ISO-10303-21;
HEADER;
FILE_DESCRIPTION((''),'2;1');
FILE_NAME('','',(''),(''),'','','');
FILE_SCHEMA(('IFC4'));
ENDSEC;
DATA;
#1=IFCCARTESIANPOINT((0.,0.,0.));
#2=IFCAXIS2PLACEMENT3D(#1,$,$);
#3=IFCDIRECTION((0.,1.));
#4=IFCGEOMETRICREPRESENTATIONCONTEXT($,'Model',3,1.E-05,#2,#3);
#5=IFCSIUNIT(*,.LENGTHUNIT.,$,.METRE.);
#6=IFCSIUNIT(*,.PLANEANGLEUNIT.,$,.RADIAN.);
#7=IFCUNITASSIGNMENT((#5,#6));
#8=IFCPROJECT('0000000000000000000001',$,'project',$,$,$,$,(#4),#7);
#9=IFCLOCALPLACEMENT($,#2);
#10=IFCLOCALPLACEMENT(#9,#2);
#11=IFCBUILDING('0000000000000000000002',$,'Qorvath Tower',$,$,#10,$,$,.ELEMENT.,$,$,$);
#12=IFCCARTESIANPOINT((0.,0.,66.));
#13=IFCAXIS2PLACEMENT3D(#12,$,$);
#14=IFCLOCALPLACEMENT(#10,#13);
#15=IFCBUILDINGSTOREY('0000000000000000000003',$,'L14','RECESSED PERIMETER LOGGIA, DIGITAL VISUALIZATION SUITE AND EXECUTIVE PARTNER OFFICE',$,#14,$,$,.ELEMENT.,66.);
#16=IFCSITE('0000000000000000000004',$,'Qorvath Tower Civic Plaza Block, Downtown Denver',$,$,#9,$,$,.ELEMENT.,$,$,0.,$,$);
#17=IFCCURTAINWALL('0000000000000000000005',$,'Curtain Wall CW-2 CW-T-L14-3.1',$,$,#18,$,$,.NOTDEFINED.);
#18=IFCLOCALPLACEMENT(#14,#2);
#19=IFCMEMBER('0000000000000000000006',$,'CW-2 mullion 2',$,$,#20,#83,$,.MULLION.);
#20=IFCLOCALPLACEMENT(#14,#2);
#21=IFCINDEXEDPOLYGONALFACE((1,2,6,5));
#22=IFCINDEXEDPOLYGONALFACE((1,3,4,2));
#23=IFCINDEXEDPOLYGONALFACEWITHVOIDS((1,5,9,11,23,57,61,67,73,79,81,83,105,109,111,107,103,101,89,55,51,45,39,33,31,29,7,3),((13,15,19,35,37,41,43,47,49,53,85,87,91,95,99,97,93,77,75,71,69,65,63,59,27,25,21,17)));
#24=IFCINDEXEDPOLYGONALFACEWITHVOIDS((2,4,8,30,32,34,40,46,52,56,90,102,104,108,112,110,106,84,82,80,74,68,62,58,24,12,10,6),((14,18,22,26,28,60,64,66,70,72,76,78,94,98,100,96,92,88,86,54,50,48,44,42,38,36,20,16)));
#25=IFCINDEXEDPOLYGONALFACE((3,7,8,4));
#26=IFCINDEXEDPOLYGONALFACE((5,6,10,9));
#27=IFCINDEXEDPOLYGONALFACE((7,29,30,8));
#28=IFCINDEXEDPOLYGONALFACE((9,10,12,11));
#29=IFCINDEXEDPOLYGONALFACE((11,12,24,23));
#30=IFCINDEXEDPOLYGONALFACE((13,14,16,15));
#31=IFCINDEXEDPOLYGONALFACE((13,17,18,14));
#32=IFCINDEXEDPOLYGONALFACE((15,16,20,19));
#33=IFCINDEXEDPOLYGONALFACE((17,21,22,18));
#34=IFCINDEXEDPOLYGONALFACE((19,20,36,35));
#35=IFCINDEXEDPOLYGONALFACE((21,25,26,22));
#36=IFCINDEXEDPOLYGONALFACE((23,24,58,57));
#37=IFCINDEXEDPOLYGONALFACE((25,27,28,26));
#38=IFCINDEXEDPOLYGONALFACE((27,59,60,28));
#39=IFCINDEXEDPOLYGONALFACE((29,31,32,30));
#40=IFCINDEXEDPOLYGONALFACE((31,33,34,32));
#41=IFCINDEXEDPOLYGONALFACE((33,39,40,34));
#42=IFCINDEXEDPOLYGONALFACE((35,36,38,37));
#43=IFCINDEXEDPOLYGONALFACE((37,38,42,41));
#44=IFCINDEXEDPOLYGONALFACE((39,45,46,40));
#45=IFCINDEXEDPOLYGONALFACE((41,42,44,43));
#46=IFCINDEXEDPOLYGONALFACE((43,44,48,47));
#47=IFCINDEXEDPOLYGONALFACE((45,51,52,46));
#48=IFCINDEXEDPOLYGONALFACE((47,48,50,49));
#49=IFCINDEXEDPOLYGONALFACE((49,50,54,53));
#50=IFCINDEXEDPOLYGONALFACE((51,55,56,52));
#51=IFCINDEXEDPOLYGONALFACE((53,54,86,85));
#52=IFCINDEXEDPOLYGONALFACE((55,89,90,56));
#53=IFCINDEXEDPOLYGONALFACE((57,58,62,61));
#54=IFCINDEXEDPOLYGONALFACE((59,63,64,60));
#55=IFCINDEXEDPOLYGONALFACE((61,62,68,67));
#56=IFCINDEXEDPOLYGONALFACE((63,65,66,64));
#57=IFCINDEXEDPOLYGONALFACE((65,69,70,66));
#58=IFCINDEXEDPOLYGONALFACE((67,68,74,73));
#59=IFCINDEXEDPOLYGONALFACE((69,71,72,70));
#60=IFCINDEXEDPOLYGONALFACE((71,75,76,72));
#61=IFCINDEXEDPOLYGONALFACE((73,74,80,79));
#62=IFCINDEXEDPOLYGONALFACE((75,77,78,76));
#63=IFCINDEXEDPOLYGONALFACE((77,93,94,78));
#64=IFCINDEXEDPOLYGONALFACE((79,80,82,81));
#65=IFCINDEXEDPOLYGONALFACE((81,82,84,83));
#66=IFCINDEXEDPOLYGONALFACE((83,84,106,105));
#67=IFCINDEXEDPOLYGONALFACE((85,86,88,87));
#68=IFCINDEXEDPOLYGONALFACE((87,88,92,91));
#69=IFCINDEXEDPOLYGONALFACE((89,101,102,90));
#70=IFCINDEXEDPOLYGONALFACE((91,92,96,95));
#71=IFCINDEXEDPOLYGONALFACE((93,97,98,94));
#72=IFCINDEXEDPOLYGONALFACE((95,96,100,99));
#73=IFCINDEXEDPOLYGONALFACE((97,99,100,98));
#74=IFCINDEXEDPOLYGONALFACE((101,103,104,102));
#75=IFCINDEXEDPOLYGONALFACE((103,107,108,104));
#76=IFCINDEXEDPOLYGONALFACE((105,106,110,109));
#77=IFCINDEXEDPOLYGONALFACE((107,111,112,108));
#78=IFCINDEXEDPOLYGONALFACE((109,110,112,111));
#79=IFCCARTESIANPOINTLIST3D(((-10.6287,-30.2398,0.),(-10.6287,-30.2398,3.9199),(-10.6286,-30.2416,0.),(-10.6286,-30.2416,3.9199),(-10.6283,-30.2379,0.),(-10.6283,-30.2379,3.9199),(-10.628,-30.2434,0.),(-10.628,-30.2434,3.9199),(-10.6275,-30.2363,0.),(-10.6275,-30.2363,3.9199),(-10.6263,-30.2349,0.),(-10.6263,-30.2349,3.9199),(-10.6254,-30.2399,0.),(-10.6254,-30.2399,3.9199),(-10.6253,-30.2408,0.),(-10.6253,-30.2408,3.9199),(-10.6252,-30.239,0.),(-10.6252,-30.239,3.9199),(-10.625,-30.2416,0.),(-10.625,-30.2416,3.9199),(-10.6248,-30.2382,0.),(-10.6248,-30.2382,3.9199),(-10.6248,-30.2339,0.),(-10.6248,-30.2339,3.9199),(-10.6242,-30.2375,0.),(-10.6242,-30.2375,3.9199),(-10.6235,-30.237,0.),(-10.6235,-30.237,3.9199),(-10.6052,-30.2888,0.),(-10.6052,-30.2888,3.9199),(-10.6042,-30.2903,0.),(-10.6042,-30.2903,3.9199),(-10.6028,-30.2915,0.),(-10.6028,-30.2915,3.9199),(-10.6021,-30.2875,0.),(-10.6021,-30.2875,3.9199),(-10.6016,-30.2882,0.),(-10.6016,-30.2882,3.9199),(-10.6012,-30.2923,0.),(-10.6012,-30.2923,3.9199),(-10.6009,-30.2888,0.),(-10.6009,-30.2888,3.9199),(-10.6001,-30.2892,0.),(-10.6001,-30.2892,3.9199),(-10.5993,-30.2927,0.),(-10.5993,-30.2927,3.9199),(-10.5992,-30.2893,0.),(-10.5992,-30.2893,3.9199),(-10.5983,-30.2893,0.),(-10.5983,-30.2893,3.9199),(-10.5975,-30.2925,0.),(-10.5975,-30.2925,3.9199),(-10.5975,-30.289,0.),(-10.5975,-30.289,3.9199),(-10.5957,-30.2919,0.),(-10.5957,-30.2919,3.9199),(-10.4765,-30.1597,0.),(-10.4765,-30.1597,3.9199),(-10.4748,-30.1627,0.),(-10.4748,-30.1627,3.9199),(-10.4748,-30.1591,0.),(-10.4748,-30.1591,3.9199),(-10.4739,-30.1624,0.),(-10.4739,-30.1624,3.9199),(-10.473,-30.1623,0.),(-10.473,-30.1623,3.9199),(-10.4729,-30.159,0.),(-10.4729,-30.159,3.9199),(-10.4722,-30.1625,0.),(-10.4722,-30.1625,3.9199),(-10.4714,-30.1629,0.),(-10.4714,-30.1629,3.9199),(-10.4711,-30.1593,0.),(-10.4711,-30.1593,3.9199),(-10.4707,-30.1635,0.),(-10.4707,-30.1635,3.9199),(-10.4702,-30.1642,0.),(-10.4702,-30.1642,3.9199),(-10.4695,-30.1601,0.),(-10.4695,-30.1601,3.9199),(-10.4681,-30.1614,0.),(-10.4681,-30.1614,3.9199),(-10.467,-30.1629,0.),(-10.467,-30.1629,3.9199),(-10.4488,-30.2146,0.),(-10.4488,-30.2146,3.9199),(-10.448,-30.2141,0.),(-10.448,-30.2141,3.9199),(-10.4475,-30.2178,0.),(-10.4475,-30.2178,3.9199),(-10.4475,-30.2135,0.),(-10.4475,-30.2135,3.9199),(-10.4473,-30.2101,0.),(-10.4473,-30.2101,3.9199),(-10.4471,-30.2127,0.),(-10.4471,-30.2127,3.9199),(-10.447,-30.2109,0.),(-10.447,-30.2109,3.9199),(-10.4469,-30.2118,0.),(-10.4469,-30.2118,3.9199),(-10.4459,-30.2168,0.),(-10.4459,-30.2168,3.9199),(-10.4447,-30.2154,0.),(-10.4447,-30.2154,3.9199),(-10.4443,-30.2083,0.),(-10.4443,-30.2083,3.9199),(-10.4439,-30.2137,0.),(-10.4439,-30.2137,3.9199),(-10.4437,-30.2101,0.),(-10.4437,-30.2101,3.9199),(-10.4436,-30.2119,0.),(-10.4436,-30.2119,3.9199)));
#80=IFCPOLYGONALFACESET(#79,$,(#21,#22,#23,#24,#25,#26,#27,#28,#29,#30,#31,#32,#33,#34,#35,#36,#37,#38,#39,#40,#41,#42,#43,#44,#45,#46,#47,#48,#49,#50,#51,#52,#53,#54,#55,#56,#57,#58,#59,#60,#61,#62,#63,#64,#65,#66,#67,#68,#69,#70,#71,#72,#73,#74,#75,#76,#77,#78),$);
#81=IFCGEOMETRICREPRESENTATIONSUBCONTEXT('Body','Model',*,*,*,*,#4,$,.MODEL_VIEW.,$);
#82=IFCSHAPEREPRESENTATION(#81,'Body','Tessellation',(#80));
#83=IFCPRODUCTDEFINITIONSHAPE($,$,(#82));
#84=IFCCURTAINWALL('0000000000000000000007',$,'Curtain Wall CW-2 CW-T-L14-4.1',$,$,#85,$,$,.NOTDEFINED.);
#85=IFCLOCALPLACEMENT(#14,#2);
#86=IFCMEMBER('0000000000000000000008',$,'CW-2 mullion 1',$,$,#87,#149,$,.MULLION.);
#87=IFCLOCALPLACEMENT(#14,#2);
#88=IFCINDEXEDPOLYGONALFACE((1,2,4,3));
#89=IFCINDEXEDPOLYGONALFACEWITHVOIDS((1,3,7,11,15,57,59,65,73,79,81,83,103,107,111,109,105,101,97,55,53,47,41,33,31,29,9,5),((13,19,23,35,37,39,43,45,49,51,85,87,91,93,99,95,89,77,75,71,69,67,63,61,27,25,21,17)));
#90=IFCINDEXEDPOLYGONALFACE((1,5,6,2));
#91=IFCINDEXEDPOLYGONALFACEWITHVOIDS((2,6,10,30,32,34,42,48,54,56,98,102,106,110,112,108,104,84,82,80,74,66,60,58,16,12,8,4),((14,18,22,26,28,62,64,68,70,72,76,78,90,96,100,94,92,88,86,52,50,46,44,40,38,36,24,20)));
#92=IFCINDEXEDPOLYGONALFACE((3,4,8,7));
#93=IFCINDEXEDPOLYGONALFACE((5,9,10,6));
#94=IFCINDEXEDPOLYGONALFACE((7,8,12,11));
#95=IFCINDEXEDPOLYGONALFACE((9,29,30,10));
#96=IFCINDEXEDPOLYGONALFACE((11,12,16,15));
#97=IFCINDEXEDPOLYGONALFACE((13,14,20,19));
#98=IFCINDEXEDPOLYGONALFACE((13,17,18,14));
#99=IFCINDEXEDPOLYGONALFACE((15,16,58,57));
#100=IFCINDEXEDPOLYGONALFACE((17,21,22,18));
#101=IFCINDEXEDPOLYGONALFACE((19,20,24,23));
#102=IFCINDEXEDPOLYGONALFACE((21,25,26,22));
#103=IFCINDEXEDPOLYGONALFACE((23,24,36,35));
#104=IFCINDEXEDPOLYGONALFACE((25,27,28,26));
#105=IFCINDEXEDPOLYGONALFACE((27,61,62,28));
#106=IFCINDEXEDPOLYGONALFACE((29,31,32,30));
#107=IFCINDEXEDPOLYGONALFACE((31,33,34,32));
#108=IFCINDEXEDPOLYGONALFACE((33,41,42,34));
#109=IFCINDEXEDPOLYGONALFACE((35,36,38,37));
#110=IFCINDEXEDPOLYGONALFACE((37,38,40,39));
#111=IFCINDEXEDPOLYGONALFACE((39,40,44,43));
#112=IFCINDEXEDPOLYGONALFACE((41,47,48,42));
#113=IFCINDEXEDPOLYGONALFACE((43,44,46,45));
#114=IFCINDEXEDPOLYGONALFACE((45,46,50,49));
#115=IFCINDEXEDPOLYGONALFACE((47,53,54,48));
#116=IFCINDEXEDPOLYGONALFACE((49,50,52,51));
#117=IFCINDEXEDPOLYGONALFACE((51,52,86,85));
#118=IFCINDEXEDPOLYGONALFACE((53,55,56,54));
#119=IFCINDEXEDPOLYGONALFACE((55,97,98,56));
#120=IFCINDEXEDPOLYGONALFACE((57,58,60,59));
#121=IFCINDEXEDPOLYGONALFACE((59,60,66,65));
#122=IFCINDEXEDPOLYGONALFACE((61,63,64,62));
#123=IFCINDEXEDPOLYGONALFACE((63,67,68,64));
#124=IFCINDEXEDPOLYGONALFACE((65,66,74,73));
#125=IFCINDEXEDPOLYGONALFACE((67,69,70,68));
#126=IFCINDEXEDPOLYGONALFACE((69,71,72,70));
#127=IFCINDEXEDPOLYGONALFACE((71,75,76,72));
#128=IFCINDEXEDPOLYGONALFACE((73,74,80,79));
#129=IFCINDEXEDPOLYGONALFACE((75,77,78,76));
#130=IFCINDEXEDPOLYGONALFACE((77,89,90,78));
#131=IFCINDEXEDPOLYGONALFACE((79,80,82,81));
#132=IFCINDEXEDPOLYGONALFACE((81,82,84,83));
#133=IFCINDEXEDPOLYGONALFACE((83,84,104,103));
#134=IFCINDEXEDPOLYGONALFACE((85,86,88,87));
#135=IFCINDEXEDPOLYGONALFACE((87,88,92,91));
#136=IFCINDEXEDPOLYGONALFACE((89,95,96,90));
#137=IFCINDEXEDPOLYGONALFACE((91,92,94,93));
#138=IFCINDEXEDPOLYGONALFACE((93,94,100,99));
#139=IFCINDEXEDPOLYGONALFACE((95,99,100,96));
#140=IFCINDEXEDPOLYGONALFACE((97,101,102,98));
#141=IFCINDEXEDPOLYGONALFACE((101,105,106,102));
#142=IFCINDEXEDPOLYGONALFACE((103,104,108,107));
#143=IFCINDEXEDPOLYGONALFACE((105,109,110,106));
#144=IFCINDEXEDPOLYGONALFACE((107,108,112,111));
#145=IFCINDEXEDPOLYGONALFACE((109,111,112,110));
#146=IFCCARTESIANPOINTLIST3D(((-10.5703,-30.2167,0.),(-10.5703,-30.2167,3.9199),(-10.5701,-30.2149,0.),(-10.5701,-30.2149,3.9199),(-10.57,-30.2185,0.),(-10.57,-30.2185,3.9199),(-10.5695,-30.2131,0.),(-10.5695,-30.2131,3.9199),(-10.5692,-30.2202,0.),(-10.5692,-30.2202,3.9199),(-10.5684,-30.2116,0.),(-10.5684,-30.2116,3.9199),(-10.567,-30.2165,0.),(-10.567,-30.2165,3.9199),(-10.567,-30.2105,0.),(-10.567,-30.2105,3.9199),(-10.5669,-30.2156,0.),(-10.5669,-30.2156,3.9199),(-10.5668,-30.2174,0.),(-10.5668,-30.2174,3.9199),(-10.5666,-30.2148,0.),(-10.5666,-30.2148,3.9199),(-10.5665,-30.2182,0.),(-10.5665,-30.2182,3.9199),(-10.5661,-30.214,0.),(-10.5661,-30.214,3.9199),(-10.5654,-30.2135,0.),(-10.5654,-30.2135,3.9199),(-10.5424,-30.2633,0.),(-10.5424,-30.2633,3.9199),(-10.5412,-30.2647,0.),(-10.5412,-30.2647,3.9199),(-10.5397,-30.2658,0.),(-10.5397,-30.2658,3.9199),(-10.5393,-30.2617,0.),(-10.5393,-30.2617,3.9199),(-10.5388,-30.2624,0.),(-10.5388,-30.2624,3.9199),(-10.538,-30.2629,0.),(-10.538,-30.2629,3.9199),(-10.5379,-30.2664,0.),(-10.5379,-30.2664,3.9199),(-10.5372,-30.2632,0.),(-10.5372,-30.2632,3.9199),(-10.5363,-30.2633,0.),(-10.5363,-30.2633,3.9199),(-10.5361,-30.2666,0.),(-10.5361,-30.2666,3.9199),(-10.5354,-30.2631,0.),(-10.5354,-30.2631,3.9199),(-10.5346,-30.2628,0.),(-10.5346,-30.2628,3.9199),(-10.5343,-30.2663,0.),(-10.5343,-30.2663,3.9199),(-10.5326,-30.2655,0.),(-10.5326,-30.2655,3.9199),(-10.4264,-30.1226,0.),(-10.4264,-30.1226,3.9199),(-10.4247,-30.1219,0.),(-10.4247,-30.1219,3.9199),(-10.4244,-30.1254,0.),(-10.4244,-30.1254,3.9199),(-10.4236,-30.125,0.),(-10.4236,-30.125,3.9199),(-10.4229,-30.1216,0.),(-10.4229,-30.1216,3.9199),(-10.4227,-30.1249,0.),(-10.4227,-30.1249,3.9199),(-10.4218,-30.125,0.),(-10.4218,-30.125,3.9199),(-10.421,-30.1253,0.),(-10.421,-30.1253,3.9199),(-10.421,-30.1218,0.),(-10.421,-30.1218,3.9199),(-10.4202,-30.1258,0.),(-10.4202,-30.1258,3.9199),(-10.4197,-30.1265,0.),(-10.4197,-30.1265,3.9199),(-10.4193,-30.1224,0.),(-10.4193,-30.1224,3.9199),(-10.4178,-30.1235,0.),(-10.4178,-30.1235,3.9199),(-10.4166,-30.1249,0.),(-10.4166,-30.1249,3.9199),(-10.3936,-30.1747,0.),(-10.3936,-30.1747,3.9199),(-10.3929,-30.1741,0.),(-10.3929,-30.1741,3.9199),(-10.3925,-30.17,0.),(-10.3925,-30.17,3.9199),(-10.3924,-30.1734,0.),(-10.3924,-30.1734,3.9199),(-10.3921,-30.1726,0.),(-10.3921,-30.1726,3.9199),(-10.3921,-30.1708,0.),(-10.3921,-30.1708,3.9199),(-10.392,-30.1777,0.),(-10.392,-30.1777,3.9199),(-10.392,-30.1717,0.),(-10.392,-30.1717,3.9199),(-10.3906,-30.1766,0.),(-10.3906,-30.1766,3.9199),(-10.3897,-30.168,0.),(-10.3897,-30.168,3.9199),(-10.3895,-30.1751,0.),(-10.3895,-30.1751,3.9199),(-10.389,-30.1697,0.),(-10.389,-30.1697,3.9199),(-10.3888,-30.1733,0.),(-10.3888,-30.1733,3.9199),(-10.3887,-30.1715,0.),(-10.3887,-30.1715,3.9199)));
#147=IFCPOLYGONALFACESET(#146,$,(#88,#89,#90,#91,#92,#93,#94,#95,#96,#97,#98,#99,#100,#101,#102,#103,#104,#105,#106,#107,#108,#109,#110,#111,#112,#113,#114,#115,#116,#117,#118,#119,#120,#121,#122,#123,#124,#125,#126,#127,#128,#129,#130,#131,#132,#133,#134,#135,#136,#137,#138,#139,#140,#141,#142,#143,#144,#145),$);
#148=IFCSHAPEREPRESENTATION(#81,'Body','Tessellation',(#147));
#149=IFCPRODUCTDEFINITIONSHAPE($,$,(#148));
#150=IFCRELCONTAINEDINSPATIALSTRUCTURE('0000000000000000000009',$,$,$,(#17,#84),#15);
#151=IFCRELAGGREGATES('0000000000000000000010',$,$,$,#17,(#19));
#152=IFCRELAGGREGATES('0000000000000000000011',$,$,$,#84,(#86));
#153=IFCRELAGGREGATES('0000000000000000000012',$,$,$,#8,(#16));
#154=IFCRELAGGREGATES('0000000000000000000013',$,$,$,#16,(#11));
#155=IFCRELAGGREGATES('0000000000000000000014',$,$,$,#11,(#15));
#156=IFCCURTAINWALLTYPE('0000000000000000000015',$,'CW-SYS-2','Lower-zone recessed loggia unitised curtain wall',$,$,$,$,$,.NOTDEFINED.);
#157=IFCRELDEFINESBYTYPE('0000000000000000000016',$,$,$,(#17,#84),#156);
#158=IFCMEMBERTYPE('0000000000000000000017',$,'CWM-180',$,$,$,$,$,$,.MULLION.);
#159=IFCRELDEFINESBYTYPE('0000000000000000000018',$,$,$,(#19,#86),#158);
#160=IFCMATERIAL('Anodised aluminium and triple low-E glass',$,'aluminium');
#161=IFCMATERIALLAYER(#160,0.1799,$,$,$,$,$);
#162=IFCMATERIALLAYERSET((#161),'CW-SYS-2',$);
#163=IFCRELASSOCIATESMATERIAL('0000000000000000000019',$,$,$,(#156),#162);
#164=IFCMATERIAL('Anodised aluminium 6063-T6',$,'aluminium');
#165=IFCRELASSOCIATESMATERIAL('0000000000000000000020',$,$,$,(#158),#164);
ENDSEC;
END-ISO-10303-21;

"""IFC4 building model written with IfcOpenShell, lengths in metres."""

from ifc_helpers import new_model, si_unit, direction, frame, origin, origin_2d, place, context, subcontext, project, spatial, hollow_rectangle, extrude, material, layer, layer_set, material_profile, profile_set, type_object, element, aggregate, save


model = new_model("IFC4")

# Units and contexts
model_context = context("Model", 3, precision=1e-05, world=origin(), true_north=direction((0.0, 1.0)))
body_context = subcontext(model_context, "Body", "Model", "MODEL_VIEW")
ifc_project = project(units=[si_unit("LENGTHUNIT", "METRE"), si_unit("PLANEANGLEUNIT", "RADIAN")], contexts=[model_context])

# Site, building, storey
site_placement = place(None, origin())
site = spatial("IfcSite", under=ifc_project, at=site_placement, Name="Qorvath Tower Civic Plaza Block, Downtown Denver", CompositionType="ELEMENT", RefElevation=0.0)
building_placement = place(site_placement, origin())
building = spatial("IfcBuilding", under=site, at=building_placement, Name="Qorvath Tower", CompositionType="ELEMENT")
storey_placement = place(building_placement, frame((0.0, 0.0, 66.0)))
storey = spatial("IfcBuildingStorey", under=building, at=storey_placement, Name="L14", Description="RECESSED PERIMETER LOGGIA, DIGITAL VISUALIZATION SUITE AND EXECUTIVE PARTNER OFFICE", CompositionType="ELEMENT", Elevation=66.0)

# Shared definitions
ifc_material_1 = material(Name="Anodised aluminium and triple low-E glass", Category="aluminium")
ifc_layer_1 = layer(ifc_material_1, 0.1799)
ifc_layer_set_1 = layer_set([ifc_layer_1], Name="CW-SYS-2")
curtain_wall_type = type_object("IfcCurtainWallType", Name="CW-SYS-2", Description="Lower-zone recessed loggia unitised curtain wall", PredefinedType="NOTDEFINED", material=ifc_layer_set_1)
ifc_material_2 = material(Name="Anodised aluminium 6063-T6", Category="aluminium")
ifc_material_profile_1 = material_profile(ifc_material_2, hollow_rectangle(XDim=0.0649, YDim=0.1799, WallThickness=0.0034, InnerFilletRadius=0.0034, OuterFilletRadius=0.0071, at=origin_2d()), Name="CWM 180x65")
ifc_profile_set_1 = profile_set([ifc_material_profile_1], Name="Anodised aluminium 6063-T6")
member_type_1 = type_object("IfcMemberType", Name="CWM-180", PredefinedType="MULLION", material=ifc_profile_set_1)

# Curtain walls, members
curtain_wall_1_placement = place(storey_placement, origin())
curtain_wall_1 = element("IfcCurtainWall", 1, at=curtain_wall_1_placement, inside=storey, type_object=curtain_wall_type, Name="Curtain Wall CW-2 CW-T-L14-3.1", PredefinedType="NOTDEFINED")
member_1_placement = place(storey_placement, frame((-10.5361, -30.2258, 0.0), z_axis=(0.0, 0.0, 1.0), x_axis=(-0.447221, 0.894423, 0.0)))
member_1 = element("IfcMember", 2, at=member_1_placement, type_object=member_type_1, Name="CW-2 mullion 2", PredefinedType="MULLION", context=body_context, shape_type="SweptSolid", body=[
    extrude(hollow_rectangle(XDim=0.0649, YDim=0.1799, WallThickness=0.0034, InnerFilletRadius=0.0034, OuterFilletRadius=0.0071, at=origin_2d()), origin(), (0.0, 0.0, 1.0), 3.9199),
])
curtain_wall_2_placement = place(storey_placement, origin())
curtain_wall_2 = element("IfcCurtainWall", 3, at=curtain_wall_2_placement, inside=storey, type_object=curtain_wall_type, Name="Curtain Wall CW-2 CW-T-L14-4.1", PredefinedType="NOTDEFINED")
member_2_placement = place(storey_placement, frame((-10.4795, -30.1941, 0.0), z_axis=(0.0, 0.0, 1.0), x_axis=(-0.529686, 0.848194, 0.0)))
member_2 = element("IfcMember", 4, at=member_2_placement, type_object=member_type_1, Name="CW-2 mullion 1", PredefinedType="MULLION", context=body_context, shape_type="SweptSolid", body=[
    extrude(hollow_rectangle(XDim=0.0649, YDim=0.1799, WallThickness=0.0034, InnerFilletRadius=0.0034, OuterFilletRadius=0.0071, at=origin_2d()), origin(), (0.0, 0.0, 1.0), 3.9199),
])

aggregate(curtain_wall_1, [member_1])
aggregate(curtain_wall_2, [member_2])

save(model, "model.ifc")
